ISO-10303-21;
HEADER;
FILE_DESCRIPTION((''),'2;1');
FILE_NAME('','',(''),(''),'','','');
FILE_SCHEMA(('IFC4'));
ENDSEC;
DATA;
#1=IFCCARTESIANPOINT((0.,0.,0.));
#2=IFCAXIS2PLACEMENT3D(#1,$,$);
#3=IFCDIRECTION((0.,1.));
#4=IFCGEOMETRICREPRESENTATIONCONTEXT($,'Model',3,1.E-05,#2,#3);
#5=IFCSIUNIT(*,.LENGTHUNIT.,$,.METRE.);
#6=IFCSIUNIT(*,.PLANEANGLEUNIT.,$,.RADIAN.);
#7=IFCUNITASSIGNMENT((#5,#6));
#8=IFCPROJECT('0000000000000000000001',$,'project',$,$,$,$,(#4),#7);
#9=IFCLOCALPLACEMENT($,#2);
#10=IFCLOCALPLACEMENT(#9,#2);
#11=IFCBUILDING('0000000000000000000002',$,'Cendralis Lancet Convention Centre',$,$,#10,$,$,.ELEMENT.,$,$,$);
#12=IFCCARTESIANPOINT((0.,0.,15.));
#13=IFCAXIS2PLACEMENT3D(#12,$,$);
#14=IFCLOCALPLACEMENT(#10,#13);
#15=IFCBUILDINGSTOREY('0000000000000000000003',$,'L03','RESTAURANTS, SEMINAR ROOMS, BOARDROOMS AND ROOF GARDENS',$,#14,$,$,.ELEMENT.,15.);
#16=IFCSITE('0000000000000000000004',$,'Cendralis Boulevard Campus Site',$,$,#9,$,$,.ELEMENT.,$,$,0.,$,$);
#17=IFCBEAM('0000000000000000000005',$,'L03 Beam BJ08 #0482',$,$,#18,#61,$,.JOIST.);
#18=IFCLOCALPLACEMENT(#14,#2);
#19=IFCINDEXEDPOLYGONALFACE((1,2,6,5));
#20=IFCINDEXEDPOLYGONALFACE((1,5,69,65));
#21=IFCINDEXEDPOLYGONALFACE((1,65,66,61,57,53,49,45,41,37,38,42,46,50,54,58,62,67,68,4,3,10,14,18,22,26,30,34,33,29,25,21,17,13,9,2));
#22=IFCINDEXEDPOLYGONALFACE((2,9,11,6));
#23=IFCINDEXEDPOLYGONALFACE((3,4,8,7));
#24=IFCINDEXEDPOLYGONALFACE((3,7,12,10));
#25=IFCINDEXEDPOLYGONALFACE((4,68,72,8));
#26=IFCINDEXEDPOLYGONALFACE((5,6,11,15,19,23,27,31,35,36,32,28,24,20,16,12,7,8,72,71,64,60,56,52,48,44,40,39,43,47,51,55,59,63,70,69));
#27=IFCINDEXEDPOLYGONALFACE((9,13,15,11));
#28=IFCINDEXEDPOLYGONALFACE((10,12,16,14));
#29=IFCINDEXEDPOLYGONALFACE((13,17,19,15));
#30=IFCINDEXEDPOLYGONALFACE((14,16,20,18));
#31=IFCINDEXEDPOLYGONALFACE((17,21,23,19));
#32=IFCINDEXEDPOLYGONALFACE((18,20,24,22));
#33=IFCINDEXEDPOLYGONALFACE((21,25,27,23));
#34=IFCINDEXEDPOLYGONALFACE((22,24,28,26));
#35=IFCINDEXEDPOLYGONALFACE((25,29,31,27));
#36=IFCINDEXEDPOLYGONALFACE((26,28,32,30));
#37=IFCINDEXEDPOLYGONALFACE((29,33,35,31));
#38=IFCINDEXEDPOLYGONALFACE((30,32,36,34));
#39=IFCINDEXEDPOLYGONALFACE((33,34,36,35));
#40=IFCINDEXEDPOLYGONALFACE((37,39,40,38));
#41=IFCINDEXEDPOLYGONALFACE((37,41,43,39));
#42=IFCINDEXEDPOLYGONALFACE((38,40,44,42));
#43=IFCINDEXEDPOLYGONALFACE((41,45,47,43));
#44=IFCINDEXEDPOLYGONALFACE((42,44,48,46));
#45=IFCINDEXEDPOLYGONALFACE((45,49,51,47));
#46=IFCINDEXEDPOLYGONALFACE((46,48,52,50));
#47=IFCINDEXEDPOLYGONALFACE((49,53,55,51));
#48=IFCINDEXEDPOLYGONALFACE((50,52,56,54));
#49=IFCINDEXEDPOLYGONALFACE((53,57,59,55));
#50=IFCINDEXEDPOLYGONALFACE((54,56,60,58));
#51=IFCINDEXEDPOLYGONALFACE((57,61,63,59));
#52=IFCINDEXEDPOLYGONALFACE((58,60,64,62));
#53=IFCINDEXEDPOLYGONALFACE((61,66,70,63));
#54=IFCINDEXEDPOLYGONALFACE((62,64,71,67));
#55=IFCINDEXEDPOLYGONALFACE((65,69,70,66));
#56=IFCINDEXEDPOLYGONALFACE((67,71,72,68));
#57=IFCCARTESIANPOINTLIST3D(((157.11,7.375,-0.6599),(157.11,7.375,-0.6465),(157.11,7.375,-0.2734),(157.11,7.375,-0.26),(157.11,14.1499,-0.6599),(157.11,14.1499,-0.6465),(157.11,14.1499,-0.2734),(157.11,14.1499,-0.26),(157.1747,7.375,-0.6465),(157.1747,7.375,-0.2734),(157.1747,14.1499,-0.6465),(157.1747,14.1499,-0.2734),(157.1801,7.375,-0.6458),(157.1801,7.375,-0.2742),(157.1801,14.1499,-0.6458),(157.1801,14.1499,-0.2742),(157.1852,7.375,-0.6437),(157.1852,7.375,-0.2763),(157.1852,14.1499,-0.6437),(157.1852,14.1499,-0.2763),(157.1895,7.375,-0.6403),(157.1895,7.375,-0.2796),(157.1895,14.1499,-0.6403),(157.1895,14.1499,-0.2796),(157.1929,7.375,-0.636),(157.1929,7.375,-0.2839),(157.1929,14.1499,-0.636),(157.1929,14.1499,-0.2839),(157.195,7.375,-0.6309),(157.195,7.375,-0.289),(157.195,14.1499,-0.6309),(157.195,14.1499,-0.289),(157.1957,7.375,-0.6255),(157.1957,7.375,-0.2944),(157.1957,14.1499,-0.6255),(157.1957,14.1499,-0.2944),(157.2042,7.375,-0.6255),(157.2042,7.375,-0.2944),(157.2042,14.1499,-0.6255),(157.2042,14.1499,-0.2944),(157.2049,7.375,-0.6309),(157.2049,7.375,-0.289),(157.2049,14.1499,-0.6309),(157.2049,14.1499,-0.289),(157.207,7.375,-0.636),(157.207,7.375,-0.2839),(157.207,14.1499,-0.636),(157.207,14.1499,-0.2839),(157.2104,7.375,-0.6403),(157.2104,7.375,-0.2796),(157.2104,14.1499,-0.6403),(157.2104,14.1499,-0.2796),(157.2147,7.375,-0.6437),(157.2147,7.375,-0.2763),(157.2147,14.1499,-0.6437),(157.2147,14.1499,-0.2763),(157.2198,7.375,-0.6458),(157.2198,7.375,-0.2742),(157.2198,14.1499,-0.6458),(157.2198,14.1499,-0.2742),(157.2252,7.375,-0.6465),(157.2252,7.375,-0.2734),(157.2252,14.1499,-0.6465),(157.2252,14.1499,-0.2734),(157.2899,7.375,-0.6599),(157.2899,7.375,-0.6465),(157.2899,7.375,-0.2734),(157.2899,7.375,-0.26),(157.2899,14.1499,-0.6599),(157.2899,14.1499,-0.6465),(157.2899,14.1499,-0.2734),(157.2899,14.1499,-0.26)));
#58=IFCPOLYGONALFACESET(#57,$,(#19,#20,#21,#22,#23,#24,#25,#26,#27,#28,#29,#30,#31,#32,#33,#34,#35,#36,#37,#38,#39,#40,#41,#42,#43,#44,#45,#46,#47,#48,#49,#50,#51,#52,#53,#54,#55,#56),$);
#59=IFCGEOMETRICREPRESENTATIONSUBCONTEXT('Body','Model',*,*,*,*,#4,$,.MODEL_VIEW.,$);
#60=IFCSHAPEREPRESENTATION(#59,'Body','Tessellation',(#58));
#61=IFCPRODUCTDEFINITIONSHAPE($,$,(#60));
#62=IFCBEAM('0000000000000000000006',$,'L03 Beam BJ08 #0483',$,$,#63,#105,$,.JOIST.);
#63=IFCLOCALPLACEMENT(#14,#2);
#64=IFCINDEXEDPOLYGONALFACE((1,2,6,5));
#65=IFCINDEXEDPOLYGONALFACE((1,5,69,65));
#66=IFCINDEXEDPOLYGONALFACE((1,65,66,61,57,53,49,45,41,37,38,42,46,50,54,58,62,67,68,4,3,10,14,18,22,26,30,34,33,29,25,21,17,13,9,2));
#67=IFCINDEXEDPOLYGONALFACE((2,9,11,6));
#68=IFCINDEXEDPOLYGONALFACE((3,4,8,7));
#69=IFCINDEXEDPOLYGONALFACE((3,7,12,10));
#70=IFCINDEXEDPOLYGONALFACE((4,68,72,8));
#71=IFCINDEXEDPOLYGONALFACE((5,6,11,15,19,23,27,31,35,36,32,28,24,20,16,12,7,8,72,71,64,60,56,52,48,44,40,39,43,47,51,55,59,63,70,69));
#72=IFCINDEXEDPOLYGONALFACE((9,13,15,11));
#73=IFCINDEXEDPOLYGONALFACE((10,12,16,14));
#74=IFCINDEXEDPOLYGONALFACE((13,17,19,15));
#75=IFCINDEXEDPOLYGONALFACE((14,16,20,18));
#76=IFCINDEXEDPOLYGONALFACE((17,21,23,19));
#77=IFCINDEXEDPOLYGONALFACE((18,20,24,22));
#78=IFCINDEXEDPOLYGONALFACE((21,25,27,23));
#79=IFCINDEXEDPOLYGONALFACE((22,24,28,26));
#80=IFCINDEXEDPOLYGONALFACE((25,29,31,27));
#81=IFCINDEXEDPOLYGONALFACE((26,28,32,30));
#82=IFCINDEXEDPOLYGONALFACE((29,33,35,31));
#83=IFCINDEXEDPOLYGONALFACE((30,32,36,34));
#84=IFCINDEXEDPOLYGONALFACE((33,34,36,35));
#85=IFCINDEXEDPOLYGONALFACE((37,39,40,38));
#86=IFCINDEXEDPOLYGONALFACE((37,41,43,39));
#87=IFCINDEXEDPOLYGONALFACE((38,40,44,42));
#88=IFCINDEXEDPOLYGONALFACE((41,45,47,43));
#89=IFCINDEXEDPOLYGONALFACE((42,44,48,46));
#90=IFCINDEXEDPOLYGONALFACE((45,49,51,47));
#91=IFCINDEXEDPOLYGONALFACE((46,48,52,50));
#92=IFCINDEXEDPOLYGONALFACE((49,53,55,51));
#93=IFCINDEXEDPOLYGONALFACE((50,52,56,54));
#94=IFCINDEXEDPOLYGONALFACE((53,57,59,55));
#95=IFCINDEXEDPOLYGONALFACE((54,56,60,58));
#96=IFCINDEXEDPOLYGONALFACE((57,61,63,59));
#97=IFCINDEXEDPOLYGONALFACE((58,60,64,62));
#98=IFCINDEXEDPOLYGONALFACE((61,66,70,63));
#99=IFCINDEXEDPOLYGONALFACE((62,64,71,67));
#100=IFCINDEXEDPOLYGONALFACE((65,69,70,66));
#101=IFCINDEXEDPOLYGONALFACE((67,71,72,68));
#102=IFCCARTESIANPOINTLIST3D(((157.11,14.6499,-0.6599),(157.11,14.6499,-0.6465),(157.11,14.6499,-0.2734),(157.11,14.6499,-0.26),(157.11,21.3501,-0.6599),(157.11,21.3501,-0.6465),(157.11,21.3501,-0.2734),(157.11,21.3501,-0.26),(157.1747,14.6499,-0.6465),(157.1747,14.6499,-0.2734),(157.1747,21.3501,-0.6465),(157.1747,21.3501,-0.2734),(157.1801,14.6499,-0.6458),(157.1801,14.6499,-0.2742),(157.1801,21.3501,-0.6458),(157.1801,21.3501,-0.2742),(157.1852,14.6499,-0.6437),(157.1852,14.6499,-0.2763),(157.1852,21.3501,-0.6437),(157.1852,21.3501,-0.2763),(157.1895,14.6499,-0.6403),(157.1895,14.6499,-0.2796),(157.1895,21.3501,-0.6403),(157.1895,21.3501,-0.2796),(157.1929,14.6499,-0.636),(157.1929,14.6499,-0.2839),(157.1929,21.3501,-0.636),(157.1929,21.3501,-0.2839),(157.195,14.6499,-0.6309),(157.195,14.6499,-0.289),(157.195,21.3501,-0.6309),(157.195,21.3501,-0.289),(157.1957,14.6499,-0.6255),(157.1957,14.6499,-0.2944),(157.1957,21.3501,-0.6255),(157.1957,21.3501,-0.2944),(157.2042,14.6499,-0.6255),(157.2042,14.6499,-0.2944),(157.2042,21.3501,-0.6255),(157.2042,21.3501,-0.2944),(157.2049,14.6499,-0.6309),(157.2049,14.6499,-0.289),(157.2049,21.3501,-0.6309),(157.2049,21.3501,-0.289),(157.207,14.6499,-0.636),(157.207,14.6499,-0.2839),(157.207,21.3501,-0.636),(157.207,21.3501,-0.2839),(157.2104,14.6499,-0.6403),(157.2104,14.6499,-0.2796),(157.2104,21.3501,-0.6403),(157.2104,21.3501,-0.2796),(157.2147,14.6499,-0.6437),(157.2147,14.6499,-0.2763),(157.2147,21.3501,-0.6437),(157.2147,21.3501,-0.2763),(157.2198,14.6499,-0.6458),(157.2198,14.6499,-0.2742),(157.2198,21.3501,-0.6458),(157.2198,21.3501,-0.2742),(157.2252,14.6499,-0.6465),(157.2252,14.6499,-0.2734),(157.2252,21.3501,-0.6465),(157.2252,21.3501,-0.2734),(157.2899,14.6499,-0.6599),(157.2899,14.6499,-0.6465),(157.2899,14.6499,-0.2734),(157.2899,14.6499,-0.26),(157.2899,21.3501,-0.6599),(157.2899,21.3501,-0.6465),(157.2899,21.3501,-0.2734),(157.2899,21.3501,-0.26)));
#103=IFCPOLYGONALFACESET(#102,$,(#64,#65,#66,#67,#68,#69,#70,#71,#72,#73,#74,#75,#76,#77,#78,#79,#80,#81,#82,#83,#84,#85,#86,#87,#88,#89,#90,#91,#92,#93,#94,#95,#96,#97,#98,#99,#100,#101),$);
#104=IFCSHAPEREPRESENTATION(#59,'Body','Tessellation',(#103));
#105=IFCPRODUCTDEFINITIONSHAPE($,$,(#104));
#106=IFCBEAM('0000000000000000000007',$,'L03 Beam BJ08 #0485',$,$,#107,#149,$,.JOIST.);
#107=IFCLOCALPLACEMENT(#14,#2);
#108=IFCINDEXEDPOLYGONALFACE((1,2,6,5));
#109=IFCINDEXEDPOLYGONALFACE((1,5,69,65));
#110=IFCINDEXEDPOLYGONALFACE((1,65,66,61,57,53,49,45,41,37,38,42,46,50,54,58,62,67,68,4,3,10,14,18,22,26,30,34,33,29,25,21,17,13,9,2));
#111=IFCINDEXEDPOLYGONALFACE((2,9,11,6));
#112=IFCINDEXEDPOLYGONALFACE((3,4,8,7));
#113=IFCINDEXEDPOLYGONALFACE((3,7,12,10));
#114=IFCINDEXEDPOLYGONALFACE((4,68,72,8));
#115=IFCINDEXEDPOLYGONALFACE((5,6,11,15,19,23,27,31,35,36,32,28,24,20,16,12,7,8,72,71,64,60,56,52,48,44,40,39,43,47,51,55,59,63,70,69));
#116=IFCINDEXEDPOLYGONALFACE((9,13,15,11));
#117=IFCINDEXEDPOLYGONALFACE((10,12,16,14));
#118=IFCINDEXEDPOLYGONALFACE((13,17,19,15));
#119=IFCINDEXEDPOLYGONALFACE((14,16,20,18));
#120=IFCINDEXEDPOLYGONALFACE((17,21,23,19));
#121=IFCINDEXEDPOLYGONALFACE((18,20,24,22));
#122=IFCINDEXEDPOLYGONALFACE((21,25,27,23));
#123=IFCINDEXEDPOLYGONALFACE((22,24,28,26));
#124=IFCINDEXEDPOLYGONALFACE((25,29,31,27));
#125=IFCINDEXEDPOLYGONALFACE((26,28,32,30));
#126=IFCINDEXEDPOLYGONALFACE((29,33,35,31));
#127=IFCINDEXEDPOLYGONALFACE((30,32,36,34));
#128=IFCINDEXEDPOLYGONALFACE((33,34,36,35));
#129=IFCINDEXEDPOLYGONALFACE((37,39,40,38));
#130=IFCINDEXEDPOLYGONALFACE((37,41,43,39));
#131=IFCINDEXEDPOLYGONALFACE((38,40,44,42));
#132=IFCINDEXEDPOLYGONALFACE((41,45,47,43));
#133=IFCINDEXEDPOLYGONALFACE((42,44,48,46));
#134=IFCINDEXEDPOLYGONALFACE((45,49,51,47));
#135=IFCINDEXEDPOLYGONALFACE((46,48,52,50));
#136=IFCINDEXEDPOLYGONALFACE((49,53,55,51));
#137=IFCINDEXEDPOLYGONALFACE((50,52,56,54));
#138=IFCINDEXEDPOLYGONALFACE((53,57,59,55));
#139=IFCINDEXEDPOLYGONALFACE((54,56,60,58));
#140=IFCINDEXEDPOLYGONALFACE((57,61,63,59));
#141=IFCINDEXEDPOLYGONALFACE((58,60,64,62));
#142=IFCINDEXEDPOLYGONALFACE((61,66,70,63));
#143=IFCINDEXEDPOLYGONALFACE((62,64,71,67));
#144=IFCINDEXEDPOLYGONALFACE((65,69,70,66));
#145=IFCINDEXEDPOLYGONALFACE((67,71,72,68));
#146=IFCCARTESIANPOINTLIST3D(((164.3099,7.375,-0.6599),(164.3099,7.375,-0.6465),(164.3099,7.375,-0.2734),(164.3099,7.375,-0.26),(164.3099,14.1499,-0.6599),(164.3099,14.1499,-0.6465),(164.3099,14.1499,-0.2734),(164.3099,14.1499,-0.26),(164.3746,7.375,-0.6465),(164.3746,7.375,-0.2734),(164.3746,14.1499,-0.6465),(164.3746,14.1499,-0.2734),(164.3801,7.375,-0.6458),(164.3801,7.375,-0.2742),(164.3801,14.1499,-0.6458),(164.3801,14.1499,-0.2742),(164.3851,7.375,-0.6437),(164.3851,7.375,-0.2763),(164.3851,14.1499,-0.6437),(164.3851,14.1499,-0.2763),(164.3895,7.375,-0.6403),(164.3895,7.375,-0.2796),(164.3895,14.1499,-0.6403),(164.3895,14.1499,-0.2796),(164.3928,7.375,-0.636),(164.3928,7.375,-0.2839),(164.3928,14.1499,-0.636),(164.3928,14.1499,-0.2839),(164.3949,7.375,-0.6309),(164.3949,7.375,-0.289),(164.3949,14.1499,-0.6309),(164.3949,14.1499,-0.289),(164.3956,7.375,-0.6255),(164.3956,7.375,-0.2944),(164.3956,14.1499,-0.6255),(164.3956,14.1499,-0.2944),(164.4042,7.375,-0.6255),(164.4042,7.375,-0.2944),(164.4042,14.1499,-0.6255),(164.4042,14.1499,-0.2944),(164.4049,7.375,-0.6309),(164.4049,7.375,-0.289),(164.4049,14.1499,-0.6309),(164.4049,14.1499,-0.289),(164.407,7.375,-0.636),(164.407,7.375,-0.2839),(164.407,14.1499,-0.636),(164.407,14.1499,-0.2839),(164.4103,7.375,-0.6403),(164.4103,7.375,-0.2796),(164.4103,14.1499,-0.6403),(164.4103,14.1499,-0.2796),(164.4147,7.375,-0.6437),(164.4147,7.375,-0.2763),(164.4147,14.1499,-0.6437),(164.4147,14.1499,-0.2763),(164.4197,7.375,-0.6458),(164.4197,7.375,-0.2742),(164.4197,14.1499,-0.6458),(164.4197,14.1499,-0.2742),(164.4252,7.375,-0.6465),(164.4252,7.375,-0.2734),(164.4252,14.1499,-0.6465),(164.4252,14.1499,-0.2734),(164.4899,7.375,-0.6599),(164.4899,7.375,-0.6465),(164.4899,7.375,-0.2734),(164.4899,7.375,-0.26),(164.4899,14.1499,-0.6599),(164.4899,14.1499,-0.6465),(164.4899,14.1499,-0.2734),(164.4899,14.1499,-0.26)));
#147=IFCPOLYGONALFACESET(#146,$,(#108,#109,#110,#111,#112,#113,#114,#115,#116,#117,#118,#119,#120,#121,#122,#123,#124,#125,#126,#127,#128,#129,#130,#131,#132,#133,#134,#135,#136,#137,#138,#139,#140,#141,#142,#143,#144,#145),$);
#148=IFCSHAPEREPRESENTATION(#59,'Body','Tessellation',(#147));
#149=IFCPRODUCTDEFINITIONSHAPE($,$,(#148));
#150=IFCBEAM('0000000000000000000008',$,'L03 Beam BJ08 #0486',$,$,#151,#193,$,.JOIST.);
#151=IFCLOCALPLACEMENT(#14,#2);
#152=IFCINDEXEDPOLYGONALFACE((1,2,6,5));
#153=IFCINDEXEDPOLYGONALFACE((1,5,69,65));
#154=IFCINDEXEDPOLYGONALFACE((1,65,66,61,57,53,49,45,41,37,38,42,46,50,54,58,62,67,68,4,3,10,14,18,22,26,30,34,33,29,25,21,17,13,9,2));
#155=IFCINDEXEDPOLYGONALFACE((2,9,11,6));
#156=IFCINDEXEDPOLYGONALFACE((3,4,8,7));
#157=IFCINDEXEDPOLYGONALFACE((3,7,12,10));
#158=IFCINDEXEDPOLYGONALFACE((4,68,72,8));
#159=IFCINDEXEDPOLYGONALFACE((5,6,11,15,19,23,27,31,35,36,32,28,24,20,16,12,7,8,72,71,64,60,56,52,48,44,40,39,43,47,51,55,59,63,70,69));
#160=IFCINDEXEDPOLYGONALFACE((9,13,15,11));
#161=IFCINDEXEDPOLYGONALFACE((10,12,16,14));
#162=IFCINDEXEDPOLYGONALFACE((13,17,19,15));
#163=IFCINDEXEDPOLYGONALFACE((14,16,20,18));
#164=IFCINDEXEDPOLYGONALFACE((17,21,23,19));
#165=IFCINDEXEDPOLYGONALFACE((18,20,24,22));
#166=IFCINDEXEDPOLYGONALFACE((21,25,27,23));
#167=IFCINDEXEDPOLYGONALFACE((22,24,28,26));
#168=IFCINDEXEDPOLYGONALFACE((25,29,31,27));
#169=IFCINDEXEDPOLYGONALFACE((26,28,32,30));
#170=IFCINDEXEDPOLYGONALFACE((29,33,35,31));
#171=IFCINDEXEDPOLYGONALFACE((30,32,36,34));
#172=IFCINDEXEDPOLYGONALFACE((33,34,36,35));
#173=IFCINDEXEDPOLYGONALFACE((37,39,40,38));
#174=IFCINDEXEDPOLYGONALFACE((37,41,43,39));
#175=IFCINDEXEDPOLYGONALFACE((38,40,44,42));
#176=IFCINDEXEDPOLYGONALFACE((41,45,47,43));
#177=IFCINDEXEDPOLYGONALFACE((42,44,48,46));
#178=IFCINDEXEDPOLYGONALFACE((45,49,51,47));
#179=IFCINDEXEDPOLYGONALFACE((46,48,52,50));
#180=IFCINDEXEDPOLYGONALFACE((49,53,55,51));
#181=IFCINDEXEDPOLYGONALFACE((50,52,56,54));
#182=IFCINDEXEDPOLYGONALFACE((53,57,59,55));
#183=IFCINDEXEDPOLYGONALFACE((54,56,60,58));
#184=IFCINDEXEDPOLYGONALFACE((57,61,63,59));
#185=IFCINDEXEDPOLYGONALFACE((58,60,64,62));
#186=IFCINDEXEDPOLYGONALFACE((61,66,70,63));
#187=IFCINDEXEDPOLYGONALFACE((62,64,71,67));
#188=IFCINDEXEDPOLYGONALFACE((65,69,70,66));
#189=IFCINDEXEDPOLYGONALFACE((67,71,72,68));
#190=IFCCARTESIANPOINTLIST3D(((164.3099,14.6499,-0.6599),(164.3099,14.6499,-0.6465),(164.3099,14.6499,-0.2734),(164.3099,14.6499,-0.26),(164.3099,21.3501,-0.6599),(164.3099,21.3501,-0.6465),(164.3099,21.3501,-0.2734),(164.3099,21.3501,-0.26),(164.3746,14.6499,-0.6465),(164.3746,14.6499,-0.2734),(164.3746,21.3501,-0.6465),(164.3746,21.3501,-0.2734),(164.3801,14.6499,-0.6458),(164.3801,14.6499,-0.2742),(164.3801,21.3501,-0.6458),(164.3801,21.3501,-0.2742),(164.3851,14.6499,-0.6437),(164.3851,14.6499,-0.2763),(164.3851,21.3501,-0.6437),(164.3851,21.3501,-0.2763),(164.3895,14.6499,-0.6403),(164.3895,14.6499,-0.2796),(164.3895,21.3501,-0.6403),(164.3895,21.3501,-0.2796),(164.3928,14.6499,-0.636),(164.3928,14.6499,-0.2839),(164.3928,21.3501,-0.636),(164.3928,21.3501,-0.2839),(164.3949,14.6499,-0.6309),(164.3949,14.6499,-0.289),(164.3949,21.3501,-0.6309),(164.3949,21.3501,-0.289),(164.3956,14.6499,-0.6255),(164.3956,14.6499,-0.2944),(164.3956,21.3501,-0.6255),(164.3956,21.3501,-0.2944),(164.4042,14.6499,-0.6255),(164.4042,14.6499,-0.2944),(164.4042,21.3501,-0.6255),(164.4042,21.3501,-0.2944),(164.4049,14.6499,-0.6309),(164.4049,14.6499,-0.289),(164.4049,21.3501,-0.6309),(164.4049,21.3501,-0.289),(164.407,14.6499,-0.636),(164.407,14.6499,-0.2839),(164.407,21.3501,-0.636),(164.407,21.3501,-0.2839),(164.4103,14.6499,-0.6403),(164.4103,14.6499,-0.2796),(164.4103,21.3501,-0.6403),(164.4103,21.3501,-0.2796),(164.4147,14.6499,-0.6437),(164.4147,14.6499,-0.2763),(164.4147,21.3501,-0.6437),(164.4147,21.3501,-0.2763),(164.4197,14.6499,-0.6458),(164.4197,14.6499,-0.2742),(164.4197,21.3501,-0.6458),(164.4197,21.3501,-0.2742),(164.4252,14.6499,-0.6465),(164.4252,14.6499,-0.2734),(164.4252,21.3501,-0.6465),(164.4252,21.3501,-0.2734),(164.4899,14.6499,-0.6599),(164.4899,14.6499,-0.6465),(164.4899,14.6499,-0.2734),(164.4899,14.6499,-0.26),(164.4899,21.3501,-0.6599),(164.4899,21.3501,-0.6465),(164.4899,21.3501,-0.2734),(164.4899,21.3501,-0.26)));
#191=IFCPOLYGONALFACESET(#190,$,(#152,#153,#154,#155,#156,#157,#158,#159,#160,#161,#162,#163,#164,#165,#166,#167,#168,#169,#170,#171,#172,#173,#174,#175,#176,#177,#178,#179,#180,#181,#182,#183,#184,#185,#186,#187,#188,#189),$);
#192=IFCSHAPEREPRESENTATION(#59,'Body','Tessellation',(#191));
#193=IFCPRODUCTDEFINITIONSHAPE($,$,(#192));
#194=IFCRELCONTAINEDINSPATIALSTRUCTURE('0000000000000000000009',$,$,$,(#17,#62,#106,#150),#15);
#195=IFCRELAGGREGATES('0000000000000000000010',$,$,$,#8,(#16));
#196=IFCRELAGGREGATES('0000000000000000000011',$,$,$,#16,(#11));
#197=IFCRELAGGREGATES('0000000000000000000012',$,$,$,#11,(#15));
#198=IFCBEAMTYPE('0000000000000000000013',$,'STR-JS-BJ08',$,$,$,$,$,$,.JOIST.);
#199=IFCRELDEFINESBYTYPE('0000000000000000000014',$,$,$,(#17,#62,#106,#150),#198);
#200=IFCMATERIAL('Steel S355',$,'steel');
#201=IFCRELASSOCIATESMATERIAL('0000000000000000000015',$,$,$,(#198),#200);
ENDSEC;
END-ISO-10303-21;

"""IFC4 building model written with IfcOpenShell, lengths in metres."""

from ifc_helpers import new_model, si_unit, direction, frame, origin, origin_2d, place, context, subcontext, project, spatial, i_section, extrude, material, material_profile, profile_set, type_object, element, save


model = new_model("IFC4")

# Units and contexts
model_context = context("Model", 3, precision=1e-05, world=origin(), true_north=direction((0.0, 1.0)))
body_context = subcontext(model_context, "Body", "Model", "MODEL_VIEW")
ifc_project = project(units=[si_unit("LENGTHUNIT", "METRE"), si_unit("PLANEANGLEUNIT", "RADIAN")], contexts=[model_context])

# Site, building, storey
site_placement = place(None, origin())
site = spatial("IfcSite", under=ifc_project, at=site_placement, Name="Cendralis Boulevard Campus Site", CompositionType="ELEMENT", RefElevation=0.0)
building_placement = place(site_placement, origin())
building = spatial("IfcBuilding", under=site, at=building_placement, Name="Cendralis Lancet Convention Centre", CompositionType="ELEMENT")
storey_placement = place(building_placement, frame((0.0, 0.0, 15.0)))
storey = spatial("IfcBuildingStorey", under=building, at=storey_placement, Name="L03", Description="RESTAURANTS, SEMINAR ROOMS, BOARDROOMS AND ROOF GARDENS", CompositionType="ELEMENT", Elevation=15.0)

# Beams
ifc_material_1 = material(Name="Steel S355", Category="steel")
ifc_material_profile_1 = material_profile(ifc_material_1, i_section(OverallWidth=0.1799, OverallDepth=0.3999, WebThickness=0.0085, FlangeThickness=0.0134, FilletRadius=0.021, at=origin_2d()), Name="IPE 400")
ifc_profile_set_1 = profile_set([ifc_material_profile_1], Name="Steel S355")
beam_type_1 = type_object("IfcBeamType", Name="STR-JS-BJ08", PredefinedType="JOIST", material=ifc_profile_set_1)
beam_1_placement = place(storey_placement, frame((157.2, 7.375, -0.46), z_axis=(0.0, 1.0, 0.0), x_axis=(-1.0, 0.0, 0.0)))
element("IfcBeam", 1, at=beam_1_placement, inside=storey, type_object=beam_type_1, Name="L03 Beam BJ08 #0482", PredefinedType="JOIST", context=body_context, shape_type="SweptSolid", body=[
    extrude(i_section(OverallWidth=0.1799, OverallDepth=0.3999, WebThickness=0.0085, FlangeThickness=0.0134, FilletRadius=0.021, at=origin_2d()), origin(), (0.0, 0.0, 1.0), 6.7749),
])
beam_2_placement = place(storey_placement, frame((157.2, 14.6499, -0.46), z_axis=(0.0, 1.0, 0.0), x_axis=(-1.0, 0.0, 0.0)))
element("IfcBeam", 2, at=beam_2_placement, inside=storey, type_object=beam_type_1, Name="L03 Beam BJ08 #0483", PredefinedType="JOIST", context=body_context, shape_type="SweptSolid", body=[
    extrude(i_section(OverallWidth=0.1799, OverallDepth=0.3999, WebThickness=0.0085, FlangeThickness=0.0134, FilletRadius=0.021, at=origin_2d()), origin(), (0.0, 0.0, 1.0), 6.7002),
])
beam_3_placement = place(storey_placement, frame((164.3999, 7.375, -0.46), z_axis=(0.0, 1.0, 0.0), x_axis=(-1.0, 0.0, 0.0)))
element("IfcBeam", 3, at=beam_3_placement, inside=storey, type_object=beam_type_1, Name="L03 Beam BJ08 #0485", PredefinedType="JOIST", context=body_context, shape_type="SweptSolid", body=[
    extrude(i_section(OverallWidth=0.1799, OverallDepth=0.3999, WebThickness=0.0085, FlangeThickness=0.0134, FilletRadius=0.021, at=origin_2d()), origin(), (0.0, 0.0, 1.0), 6.7749),
])
beam_4_placement = place(storey_placement, frame((164.3999, 14.6499, -0.46), z_axis=(0.0, 1.0, 0.0), x_axis=(-1.0, 0.0, 0.0)))
element("IfcBeam", 4, at=beam_4_placement, inside=storey, type_object=beam_type_1, Name="L03 Beam BJ08 #0486", PredefinedType="JOIST", context=body_context, shape_type="SweptSolid", body=[
    extrude(i_section(OverallWidth=0.1799, OverallDepth=0.3999, WebThickness=0.0085, FlangeThickness=0.0134, FilletRadius=0.021, at=origin_2d()), origin(), (0.0, 0.0, 1.0), 6.7002),
])

save(model, "model.ifc")
